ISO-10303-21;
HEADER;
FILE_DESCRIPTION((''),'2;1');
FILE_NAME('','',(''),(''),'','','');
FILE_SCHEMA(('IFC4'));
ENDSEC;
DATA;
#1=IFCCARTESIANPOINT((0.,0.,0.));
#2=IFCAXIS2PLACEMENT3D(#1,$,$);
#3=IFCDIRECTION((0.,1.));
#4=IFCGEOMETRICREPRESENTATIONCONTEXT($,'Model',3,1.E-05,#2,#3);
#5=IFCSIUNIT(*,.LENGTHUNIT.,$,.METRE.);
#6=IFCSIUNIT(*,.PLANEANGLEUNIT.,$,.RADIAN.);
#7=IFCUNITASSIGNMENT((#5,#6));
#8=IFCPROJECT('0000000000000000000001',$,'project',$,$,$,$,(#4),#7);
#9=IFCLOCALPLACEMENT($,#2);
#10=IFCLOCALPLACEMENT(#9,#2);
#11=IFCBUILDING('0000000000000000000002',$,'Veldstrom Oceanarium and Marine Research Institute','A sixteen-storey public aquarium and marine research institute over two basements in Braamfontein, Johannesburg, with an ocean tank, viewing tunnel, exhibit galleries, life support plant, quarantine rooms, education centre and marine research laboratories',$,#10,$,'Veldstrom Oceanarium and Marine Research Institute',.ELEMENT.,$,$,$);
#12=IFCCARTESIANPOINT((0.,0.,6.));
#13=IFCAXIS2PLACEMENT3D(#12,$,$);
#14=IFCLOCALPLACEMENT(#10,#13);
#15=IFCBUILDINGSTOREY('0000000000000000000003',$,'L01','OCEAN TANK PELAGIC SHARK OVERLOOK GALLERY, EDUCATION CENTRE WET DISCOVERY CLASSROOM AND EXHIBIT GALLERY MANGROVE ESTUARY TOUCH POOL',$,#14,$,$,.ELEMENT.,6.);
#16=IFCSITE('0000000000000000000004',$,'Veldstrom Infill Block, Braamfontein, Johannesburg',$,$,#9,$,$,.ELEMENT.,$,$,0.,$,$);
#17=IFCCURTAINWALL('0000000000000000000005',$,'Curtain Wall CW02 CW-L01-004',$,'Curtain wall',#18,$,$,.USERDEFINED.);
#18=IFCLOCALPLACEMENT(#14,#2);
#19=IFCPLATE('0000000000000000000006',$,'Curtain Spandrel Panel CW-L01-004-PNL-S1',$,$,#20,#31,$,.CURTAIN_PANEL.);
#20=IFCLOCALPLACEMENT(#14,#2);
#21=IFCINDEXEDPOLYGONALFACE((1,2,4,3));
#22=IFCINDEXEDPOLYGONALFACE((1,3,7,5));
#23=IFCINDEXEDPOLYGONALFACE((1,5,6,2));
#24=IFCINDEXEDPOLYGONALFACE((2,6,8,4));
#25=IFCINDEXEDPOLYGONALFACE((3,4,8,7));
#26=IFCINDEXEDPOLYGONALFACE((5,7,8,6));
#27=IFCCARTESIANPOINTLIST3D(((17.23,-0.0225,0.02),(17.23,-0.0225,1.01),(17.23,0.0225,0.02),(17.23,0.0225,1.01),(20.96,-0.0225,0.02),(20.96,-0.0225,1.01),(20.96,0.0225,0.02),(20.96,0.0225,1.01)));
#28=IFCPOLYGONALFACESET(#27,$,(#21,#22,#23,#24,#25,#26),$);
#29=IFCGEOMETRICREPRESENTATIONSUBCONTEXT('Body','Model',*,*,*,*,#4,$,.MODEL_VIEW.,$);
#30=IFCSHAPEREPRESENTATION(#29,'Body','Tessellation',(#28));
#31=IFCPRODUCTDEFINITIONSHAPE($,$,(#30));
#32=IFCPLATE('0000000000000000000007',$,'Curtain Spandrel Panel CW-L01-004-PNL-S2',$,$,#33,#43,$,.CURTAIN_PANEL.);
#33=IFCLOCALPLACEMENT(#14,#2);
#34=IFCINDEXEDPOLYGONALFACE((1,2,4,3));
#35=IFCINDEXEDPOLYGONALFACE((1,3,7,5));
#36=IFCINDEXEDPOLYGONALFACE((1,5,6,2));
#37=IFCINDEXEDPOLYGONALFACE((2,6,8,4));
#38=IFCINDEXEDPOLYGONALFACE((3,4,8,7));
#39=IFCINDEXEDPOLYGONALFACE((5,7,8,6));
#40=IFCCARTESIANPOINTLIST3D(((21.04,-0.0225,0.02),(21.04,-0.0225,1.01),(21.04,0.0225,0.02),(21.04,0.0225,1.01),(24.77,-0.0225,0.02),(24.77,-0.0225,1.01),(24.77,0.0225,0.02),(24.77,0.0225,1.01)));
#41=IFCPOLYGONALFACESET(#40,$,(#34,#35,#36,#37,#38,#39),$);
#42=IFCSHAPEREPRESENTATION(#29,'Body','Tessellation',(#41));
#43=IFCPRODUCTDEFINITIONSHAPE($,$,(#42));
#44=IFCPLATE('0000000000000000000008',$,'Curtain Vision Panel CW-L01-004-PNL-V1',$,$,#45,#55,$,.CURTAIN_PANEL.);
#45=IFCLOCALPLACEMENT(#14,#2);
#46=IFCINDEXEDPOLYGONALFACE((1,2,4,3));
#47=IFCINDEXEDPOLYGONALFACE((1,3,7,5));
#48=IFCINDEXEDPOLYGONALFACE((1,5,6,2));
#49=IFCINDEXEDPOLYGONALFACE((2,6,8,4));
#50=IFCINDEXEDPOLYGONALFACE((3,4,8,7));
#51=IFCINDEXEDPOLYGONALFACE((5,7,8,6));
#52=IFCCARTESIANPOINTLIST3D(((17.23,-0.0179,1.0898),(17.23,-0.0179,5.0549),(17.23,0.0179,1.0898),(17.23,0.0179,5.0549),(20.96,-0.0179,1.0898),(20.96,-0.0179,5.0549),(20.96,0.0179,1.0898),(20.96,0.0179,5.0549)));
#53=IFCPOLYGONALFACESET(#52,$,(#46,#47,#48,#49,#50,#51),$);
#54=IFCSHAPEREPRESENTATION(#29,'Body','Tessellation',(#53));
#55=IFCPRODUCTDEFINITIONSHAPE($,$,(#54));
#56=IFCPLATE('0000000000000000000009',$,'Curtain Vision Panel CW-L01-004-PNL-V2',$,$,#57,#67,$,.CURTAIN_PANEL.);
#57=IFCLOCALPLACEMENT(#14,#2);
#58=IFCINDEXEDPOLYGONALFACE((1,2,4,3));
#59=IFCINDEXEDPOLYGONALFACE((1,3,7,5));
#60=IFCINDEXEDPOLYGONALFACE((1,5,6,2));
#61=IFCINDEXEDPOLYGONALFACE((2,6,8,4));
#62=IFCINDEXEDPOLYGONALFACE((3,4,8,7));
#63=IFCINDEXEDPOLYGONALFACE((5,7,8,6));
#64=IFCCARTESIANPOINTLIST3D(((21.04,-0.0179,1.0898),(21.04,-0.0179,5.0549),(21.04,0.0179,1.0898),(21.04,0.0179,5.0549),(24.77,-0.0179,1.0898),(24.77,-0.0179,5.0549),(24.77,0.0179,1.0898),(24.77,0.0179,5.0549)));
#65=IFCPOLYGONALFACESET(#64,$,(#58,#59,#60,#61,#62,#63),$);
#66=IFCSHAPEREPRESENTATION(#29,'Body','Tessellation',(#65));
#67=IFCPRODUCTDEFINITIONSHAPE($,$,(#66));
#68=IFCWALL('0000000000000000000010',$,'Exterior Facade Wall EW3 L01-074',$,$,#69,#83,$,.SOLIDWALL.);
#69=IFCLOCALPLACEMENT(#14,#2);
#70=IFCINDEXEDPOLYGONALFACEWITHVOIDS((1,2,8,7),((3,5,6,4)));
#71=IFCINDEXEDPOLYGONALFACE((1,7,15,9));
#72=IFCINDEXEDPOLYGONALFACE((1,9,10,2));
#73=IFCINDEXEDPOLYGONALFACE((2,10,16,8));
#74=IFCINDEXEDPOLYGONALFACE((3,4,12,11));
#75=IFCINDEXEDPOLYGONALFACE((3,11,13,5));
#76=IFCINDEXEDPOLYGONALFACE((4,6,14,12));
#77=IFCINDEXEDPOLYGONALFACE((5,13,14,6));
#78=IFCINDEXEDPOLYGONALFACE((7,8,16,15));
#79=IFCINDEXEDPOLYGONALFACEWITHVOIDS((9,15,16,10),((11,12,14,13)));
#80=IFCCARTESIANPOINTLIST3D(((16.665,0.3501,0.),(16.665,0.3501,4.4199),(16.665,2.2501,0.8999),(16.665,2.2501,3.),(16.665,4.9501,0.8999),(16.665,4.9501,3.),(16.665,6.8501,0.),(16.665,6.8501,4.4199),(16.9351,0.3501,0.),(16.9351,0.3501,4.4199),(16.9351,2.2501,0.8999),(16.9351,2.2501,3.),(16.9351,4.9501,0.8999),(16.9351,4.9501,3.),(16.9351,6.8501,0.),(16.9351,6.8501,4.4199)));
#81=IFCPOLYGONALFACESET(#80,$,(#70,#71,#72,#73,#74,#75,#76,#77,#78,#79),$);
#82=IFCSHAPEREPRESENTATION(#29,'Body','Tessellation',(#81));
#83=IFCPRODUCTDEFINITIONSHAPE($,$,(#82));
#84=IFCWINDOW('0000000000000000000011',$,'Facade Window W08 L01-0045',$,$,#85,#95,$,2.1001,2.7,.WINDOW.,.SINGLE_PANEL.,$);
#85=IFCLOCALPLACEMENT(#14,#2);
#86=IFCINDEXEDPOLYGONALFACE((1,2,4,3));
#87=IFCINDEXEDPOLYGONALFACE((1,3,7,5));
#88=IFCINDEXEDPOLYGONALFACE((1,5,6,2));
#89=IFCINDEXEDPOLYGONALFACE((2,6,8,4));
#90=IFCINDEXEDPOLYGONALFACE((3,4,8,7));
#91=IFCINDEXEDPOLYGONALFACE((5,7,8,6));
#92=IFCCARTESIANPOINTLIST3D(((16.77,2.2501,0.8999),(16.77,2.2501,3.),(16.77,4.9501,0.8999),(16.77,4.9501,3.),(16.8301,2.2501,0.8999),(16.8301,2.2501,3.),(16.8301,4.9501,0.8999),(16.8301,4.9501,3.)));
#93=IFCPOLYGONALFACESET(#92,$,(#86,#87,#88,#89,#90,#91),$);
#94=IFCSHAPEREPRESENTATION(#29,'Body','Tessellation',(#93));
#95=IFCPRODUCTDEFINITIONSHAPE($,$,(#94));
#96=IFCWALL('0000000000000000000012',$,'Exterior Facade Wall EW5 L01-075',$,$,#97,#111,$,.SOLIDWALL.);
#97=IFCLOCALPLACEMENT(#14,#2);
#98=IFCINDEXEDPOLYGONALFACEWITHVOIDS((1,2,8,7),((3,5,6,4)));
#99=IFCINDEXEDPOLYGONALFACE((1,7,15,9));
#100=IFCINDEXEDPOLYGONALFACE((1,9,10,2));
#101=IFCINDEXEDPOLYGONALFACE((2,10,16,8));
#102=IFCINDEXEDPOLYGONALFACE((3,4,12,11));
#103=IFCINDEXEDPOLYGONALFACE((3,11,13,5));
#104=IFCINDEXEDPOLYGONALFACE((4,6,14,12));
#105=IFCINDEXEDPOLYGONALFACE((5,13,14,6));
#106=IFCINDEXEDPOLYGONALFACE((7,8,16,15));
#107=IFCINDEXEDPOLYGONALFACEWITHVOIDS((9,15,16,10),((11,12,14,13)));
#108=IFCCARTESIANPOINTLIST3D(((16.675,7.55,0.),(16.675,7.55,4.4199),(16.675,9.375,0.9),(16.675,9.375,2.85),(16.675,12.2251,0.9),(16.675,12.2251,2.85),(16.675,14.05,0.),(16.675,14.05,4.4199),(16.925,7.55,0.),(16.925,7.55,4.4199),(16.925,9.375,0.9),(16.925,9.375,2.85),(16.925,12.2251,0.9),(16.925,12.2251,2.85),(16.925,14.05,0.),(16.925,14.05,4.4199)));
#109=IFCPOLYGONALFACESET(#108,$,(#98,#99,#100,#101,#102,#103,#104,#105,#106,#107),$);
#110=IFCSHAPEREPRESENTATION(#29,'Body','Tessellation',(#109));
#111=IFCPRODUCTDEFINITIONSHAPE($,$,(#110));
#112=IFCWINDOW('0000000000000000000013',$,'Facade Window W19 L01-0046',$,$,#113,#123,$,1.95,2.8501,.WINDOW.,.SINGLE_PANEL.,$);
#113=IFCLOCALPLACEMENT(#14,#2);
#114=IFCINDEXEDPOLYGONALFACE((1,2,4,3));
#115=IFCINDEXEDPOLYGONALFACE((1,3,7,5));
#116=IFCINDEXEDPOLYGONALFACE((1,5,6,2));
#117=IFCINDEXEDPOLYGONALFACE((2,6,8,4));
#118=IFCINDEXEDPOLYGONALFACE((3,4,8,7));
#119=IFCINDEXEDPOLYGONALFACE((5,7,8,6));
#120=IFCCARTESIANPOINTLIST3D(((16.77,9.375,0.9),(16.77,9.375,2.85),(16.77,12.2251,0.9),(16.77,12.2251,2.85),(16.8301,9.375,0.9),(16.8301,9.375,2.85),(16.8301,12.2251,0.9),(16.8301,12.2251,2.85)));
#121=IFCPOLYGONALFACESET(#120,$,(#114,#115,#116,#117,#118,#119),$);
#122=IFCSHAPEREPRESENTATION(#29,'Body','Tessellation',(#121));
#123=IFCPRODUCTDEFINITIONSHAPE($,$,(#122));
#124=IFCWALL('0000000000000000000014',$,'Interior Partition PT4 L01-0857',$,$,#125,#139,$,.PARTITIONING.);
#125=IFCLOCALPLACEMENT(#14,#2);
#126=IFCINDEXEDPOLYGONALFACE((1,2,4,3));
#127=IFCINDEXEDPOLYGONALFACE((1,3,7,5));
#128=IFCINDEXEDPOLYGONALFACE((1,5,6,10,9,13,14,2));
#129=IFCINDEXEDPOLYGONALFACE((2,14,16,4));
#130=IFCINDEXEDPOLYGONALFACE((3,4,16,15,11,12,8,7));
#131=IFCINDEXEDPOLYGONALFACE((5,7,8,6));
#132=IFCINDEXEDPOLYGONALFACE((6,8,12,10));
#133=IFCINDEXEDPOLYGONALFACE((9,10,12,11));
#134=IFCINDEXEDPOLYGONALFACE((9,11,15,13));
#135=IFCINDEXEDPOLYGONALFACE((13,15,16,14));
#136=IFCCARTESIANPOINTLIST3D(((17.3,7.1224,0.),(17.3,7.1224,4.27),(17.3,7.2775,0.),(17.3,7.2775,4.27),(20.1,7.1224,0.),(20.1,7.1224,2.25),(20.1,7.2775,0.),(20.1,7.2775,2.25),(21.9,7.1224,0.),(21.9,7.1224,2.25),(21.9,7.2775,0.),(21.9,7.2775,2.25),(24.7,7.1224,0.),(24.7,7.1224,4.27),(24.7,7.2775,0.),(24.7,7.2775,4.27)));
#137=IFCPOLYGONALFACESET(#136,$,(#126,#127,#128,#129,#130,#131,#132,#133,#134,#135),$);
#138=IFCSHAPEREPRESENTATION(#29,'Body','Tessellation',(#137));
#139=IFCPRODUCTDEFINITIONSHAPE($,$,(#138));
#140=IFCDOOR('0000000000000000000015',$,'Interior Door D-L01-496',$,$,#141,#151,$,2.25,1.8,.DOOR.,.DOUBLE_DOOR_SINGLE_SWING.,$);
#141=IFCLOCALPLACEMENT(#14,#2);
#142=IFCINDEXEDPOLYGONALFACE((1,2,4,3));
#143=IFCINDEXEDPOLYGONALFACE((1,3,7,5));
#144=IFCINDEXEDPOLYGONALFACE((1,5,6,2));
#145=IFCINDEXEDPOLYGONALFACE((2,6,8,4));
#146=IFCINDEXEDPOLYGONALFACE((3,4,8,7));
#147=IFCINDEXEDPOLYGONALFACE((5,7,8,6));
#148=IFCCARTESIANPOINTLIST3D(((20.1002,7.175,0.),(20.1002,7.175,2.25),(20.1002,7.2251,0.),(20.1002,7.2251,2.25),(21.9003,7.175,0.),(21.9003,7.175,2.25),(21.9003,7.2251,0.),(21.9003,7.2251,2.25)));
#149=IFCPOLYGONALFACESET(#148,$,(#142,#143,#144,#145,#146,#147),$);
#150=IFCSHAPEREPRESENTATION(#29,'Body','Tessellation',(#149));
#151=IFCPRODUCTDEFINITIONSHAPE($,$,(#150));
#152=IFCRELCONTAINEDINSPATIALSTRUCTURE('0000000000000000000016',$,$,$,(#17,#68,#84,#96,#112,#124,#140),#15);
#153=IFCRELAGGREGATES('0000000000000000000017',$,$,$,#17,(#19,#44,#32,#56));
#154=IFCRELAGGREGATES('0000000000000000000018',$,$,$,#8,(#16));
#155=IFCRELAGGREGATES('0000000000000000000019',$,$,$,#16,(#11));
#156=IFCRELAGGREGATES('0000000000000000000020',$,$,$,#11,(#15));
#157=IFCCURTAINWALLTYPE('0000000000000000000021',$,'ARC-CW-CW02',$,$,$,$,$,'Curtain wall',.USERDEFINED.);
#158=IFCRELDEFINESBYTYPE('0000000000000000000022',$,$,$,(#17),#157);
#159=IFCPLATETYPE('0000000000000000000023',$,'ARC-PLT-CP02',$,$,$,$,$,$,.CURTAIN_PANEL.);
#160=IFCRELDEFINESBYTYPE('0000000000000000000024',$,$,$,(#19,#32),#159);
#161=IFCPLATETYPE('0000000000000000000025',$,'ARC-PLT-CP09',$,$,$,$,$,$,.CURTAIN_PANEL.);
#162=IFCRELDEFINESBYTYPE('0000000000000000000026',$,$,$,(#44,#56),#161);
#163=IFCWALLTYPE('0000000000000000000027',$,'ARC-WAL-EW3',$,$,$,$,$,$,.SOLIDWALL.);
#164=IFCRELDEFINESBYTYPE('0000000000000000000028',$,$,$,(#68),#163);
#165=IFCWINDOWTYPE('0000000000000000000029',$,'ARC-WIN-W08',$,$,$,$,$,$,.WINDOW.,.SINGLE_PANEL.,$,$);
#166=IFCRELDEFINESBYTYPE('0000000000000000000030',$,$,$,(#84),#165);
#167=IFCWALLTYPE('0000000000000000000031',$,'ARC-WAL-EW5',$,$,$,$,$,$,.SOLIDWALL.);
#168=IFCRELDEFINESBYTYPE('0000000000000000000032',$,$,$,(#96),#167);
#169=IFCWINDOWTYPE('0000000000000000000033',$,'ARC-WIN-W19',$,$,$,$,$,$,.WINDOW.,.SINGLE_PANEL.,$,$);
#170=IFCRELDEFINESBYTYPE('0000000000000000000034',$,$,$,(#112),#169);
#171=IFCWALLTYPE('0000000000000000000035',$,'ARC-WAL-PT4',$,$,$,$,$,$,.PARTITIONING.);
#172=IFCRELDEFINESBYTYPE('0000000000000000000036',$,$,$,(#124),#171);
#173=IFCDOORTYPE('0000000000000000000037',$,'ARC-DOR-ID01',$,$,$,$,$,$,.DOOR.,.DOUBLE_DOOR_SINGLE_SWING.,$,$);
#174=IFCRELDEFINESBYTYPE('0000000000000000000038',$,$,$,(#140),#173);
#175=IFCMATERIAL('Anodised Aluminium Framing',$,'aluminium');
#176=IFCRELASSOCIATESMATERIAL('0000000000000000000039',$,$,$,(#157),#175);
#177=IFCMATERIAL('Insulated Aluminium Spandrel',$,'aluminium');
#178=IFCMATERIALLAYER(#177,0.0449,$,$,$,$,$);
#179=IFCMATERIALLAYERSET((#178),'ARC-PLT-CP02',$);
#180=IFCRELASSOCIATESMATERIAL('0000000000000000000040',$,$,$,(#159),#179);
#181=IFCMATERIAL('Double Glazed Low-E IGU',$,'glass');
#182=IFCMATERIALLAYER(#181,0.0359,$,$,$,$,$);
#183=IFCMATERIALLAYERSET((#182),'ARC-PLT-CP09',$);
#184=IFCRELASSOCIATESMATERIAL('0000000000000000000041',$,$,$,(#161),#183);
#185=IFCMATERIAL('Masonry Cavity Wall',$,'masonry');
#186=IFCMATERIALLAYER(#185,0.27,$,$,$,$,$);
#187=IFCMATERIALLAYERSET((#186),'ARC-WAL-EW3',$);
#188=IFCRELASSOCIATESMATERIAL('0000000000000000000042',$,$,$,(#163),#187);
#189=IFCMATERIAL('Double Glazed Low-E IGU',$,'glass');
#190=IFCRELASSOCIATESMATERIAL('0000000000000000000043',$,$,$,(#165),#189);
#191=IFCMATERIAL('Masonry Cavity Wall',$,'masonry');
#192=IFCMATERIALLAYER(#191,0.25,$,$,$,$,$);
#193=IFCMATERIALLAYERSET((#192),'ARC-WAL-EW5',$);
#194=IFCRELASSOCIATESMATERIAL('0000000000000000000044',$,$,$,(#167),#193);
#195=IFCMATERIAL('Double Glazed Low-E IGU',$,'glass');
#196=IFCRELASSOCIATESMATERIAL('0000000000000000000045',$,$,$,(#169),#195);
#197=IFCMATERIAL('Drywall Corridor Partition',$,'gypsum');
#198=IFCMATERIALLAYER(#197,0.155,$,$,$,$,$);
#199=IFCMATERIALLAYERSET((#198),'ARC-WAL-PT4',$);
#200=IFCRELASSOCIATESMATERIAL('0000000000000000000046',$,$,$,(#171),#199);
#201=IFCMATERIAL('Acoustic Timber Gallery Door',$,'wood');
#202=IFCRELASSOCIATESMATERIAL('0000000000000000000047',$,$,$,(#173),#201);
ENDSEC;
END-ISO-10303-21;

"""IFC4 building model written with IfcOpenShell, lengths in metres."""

from ifc_helpers import new_model, si_unit, direction, frame, frame_2d, origin, origin_2d, place, context, subcontext, project, spatial, rectangle, extrude, material, layer, layer_set, type_object, element, fill, aggregate, save


model = new_model("IFC4")

# Units and contexts
model_context = context("Model", 3, precision=1e-05, world=origin(), true_north=direction((0.0, 1.0)))
body_context = subcontext(model_context, "Body", "Model", "MODEL_VIEW")
ifc_project = project(units=[si_unit("LENGTHUNIT", "METRE"), si_unit("PLANEANGLEUNIT", "RADIAN")], contexts=[model_context])

# Site, building, storey
site_placement = place(None, origin())
site = spatial("IfcSite", under=ifc_project, at=site_placement, Name="Veldstrom Infill Block, Braamfontein, Johannesburg", CompositionType="ELEMENT", RefElevation=0.0)
building_placement = place(site_placement, origin())
building = spatial("IfcBuilding", under=site, at=building_placement, Name="Veldstrom Oceanarium and Marine Research Institute", Description="A sixteen-storey public aquarium and marine research institute over two basements in Braamfontein, Johannesburg, with an ocean tank, viewing tunnel, exhibit galleries, life support plant, quarantine rooms, education centre and marine research laboratories", LongName="Veldstrom Oceanarium and Marine Research Institute", CompositionType="ELEMENT")
storey_placement = place(building_placement, frame((0.0, 0.0, 6.0)))
storey = spatial("IfcBuildingStorey", under=building, at=storey_placement, Name="L01", Description="OCEAN TANK PELAGIC SHARK OVERLOOK GALLERY, EDUCATION CENTRE WET DISCOVERY CLASSROOM AND EXHIBIT GALLERY MANGROVE ESTUARY TOUCH POOL", CompositionType="ELEMENT", Elevation=6.0)

# Curtain wall
ifc_material_1 = material(Name="Anodised Aluminium Framing", Category="aluminium")
curtain_wall_type = type_object("IfcCurtainWallType", Name="ARC-CW-CW02", ElementType="Curtain wall", PredefinedType="USERDEFINED", material=ifc_material_1)
curtain_wall_placement = place(storey_placement, origin())
curtain_wall = element("IfcCurtainWall", 1, at=curtain_wall_placement, inside=storey, type_object=curtain_wall_type, Name="Curtain Wall CW02 CW-L01-004", ObjectType="Curtain wall", PredefinedType="USERDEFINED")

# Plates
ifc_material_2 = material(Name="Insulated Aluminium Spandrel", Category="aluminium")
ifc_layer_1 = layer(ifc_material_2, 0.0449)
ifc_layer_set_1 = layer_set([ifc_layer_1], Name="ARC-PLT-CP02")
plate_type_1 = type_object("IfcPlateType", Name="ARC-PLT-CP02", PredefinedType="CURTAIN_PANEL", material=ifc_layer_set_1)
plate_1_placement = place(storey_placement, frame((19.095, 0.0, 0.02), z_axis=(0.0, 0.0, 1.0), x_axis=(1.0, 0.0, 0.0)))
plate_1 = element("IfcPlate", 2, at=plate_1_placement, type_object=plate_type_1, Name="Curtain Spandrel Panel CW-L01-004-PNL-S1", PredefinedType="CURTAIN_PANEL", context=body_context, shape_type="SweptSolid", body=[
    extrude(rectangle(XDim=3.73, YDim=0.0449, at=origin_2d()), origin(), (0.0, 0.0, 1.0), 0.99),
])
plate_2_placement = place(storey_placement, frame((22.905, 0.0, 0.02), z_axis=(0.0, 0.0, 1.0), x_axis=(1.0, 0.0, 0.0)))
plate_2 = element("IfcPlate", 3, at=plate_2_placement, type_object=plate_type_1, Name="Curtain Spandrel Panel CW-L01-004-PNL-S2", PredefinedType="CURTAIN_PANEL", context=body_context, shape_type="SweptSolid", body=[
    extrude(rectangle(XDim=3.73, YDim=0.0449, at=origin_2d()), origin(), (0.0, 0.0, 1.0), 0.99),
])
ifc_material_3 = material(Name="Double Glazed Low-E IGU", Category="glass")
ifc_layer_2 = layer(ifc_material_3, 0.0359)
ifc_layer_set_2 = layer_set([ifc_layer_2], Name="ARC-PLT-CP09")
plate_type_2 = type_object("IfcPlateType", Name="ARC-PLT-CP09", PredefinedType="CURTAIN_PANEL", material=ifc_layer_set_2)
plate_3_placement = place(storey_placement, frame((19.095, 0.0, 1.0898), z_axis=(0.0, 0.0, 1.0), x_axis=(1.0, 0.0, 0.0)))
plate_3 = element("IfcPlate", 4, at=plate_3_placement, type_object=plate_type_2, Name="Curtain Vision Panel CW-L01-004-PNL-V1", PredefinedType="CURTAIN_PANEL", context=body_context, shape_type="SweptSolid", body=[
    extrude(rectangle(XDim=3.73, YDim=0.0359, at=origin_2d()), origin(), (0.0, 0.0, 1.0), 3.9651),
])
plate_4_placement = place(storey_placement, frame((22.905, 0.0, 1.0898), z_axis=(0.0, 0.0, 1.0), x_axis=(1.0, 0.0, 0.0)))
plate_4 = element("IfcPlate", 5, at=plate_4_placement, type_object=plate_type_2, Name="Curtain Vision Panel CW-L01-004-PNL-V2", PredefinedType="CURTAIN_PANEL", context=body_context, shape_type="SweptSolid", body=[
    extrude(rectangle(XDim=3.73, YDim=0.0359, at=origin_2d()), origin(), (0.0, 0.0, 1.0), 3.9651),
])
aggregate(curtain_wall, [plate_1, plate_3, plate_2, plate_4])

# Walls, openings, windows
ifc_material_4 = material(Name="Masonry Cavity Wall", Category="masonry")
ifc_layer_3 = layer(ifc_material_4, 0.27)
ifc_layer_set_3 = layer_set([ifc_layer_3], Name="ARC-WAL-EW3")
wall_type_1 = type_object("IfcWallType", Name="ARC-WAL-EW3", PredefinedType="SOLIDWALL", material=ifc_layer_set_3)
wall_1_placement = place(storey_placement, frame((16.8, 0.3501, 0.0), z_axis=(0.0, 0.0, 1.0), x_axis=(0.0, 1.0, 0.0)))
wall_1 = element("IfcWall", 6, at=wall_1_placement, inside=storey, type_object=wall_type_1, Name="Exterior Facade Wall EW3 L01-074", PredefinedType="SOLIDWALL", context=body_context, shape_type="SweptSolid", body=[
    extrude(rectangle(XDim=6.5, YDim=0.27, at=frame_2d((3.25, 0.0))), origin(), (0.0, 0.0, 1.0), 4.4199),
])
opening_1_placement = place(wall_1_placement, frame((1.8999, 0.0, 0.8999)))
opening_1 = element("IfcOpeningElement", 7, at=opening_1_placement, cuts=wall_1, PredefinedType="OPENING", context=body_context, shape_type="SweptSolid", body=[
    extrude(rectangle(XDim=2.7, YDim=2.1001, at=frame_2d((1.3501, 1.05))), frame((0.0, 0.145, 0.0), z_axis=(0.0, -1.0, 0.0), x_axis=(1.0, 0.0, 0.0)), (0.0, 0.0, 1.0), 0.29),
])
ifc_material_5 = material(Name="Double Glazed Low-E IGU", Category="glass")
window_type_1 = type_object("IfcWindowType", Name="ARC-WIN-W08", PartitioningType="SINGLE_PANEL", PredefinedType="WINDOW", material=ifc_material_5)
window_1_placement = place(opening_1_placement, origin())
window_1 = element("IfcWindow", 8, at=window_1_placement, inside=storey, type_object=window_type_1, Name="Facade Window W08 L01-0045", OverallHeight=2.1001, OverallWidth=2.7, PartitioningType="SINGLE_PANEL", PredefinedType="WINDOW", context=body_context, shape_type="SweptSolid", body=[
    extrude(rectangle(XDim=2.7, YDim=2.1001, at=frame_2d((1.3501, 1.05))), frame((0.0, 0.03, 0.0), z_axis=(0.0, -1.0, 0.0), x_axis=(1.0, 0.0, 0.0)), (0.0, 0.0, 1.0), 0.0601),
])
fill(opening_1, window_1)
ifc_material_6 = material(Name="Masonry Cavity Wall", Category="masonry")
ifc_layer_4 = layer(ifc_material_6, 0.25)
ifc_layer_set_4 = layer_set([ifc_layer_4], Name="ARC-WAL-EW5")
wall_type_2 = type_object("IfcWallType", Name="ARC-WAL-EW5", PredefinedType="SOLIDWALL", material=ifc_layer_set_4)
wall_2_placement = place(storey_placement, frame((16.8, 7.55, 0.0), z_axis=(0.0, 0.0, 1.0), x_axis=(0.0, 1.0, 0.0)))
wall_2 = element("IfcWall", 9, at=wall_2_placement, inside=storey, type_object=wall_type_2, Name="Exterior Facade Wall EW5 L01-075", PredefinedType="SOLIDWALL", context=body_context, shape_type="SweptSolid", body=[
    extrude(rectangle(XDim=6.5, YDim=0.25, at=frame_2d((3.25, 0.0))), origin(), (0.0, 0.0, 1.0), 4.4199),
])
opening_2_placement = place(wall_2_placement, frame((1.825, 0.0, 0.8999)))
opening_2 = element("IfcOpeningElement", 10, at=opening_2_placement, cuts=wall_2, PredefinedType="OPENING", context=body_context, shape_type="SweptSolid", body=[
    extrude(rectangle(XDim=2.8501, YDim=1.95, at=frame_2d((1.425, 0.9751))), frame((0.0, 0.135, 0.0), z_axis=(0.0, -1.0, 0.0), x_axis=(1.0, 0.0, 0.0)), (0.0, 0.0, 1.0), 0.27),
])
ifc_material_7 = material(Name="Double Glazed Low-E IGU", Category="glass")
window_type_2 = type_object("IfcWindowType", Name="ARC-WIN-W19", PartitioningType="SINGLE_PANEL", PredefinedType="WINDOW", material=ifc_material_7)
window_2_placement = place(opening_2_placement, origin())
window_2 = element("IfcWindow", 11, at=window_2_placement, inside=storey, type_object=window_type_2, Name="Facade Window W19 L01-0046", OverallHeight=1.95, OverallWidth=2.8501, PartitioningType="SINGLE_PANEL", PredefinedType="WINDOW", context=body_context, shape_type="SweptSolid", body=[
    extrude(rectangle(XDim=2.8501, YDim=1.95, at=frame_2d((1.425, 0.9751))), frame((0.0, 0.03, 0.0), z_axis=(0.0, -1.0, 0.0), x_axis=(1.0, 0.0, 0.0)), (0.0, 0.0, 1.0), 0.0601),
])
fill(opening_2, window_2)

# Wall, opening, door
ifc_material_8 = material(Name="Drywall Corridor Partition", Category="gypsum")
ifc_layer_5 = layer(ifc_material_8, 0.155)
ifc_layer_set_5 = layer_set([ifc_layer_5], Name="ARC-WAL-PT4")
wall_type_3 = type_object("IfcWallType", Name="ARC-WAL-PT4", PredefinedType="PARTITIONING", material=ifc_layer_set_5)
wall_3_placement = place(storey_placement, frame((17.3, 7.2, 0.0), z_axis=(0.0, 0.0, 1.0), x_axis=(1.0, 0.0, 0.0)))
wall_3 = element("IfcWall", 12, at=wall_3_placement, inside=storey, type_object=wall_type_3, Name="Interior Partition PT4 L01-0857", PredefinedType="PARTITIONING", context=body_context, shape_type="SweptSolid", body=[
    extrude(rectangle(XDim=7.3999, YDim=0.155, at=frame_2d((3.7, 0.0))), origin(), (0.0, 0.0, 1.0), 4.27),
])
opening_3_placement = place(wall_3_placement, frame((2.8, 0.0, 0.0)))
opening_3 = element("IfcOpeningElement", 13, at=opening_3_placement, cuts=wall_3, PredefinedType="OPENING", context=body_context, shape_type="SweptSolid", body=[
    extrude(rectangle(XDim=1.8, YDim=2.25, at=frame_2d((0.8999, 1.125))), frame((0.0, 0.0874, 0.0), z_axis=(0.0, -1.0, 0.0), x_axis=(1.0, 0.0, 0.0)), (0.0, 0.0, 1.0), 0.175),
])
ifc_material_9 = material(Name="Acoustic Timber Gallery Door", Category="wood")
door_type = type_object("IfcDoorType", Name="ARC-DOR-ID01", OperationType="DOUBLE_DOOR_SINGLE_SWING", PredefinedType="DOOR", material=ifc_material_9)
door_placement = place(opening_3_placement, frame((1.8, 0.0, 0.0), z_axis=(0.0, 0.0, 1.0), x_axis=(-1.0, 0.0, 0.0)))
door = element("IfcDoor", 14, at=door_placement, inside=storey, type_object=door_type, Name="Interior Door D-L01-496", OperationType="DOUBLE_DOOR_SINGLE_SWING", OverallHeight=2.25, OverallWidth=1.8, PredefinedType="DOOR", context=body_context, shape_type="SweptSolid", body=[
    extrude(rectangle(XDim=1.8, YDim=2.25, at=frame_2d((0.8999, 1.125))), frame((0.0, 0.0249, 0.0), z_axis=(0.0, -1.0, 0.0), x_axis=(1.0, 0.0, 0.0)), (0.0, 0.0, 1.0), 0.05),
])
fill(opening_3, door)

save(model, "model.ifc")
